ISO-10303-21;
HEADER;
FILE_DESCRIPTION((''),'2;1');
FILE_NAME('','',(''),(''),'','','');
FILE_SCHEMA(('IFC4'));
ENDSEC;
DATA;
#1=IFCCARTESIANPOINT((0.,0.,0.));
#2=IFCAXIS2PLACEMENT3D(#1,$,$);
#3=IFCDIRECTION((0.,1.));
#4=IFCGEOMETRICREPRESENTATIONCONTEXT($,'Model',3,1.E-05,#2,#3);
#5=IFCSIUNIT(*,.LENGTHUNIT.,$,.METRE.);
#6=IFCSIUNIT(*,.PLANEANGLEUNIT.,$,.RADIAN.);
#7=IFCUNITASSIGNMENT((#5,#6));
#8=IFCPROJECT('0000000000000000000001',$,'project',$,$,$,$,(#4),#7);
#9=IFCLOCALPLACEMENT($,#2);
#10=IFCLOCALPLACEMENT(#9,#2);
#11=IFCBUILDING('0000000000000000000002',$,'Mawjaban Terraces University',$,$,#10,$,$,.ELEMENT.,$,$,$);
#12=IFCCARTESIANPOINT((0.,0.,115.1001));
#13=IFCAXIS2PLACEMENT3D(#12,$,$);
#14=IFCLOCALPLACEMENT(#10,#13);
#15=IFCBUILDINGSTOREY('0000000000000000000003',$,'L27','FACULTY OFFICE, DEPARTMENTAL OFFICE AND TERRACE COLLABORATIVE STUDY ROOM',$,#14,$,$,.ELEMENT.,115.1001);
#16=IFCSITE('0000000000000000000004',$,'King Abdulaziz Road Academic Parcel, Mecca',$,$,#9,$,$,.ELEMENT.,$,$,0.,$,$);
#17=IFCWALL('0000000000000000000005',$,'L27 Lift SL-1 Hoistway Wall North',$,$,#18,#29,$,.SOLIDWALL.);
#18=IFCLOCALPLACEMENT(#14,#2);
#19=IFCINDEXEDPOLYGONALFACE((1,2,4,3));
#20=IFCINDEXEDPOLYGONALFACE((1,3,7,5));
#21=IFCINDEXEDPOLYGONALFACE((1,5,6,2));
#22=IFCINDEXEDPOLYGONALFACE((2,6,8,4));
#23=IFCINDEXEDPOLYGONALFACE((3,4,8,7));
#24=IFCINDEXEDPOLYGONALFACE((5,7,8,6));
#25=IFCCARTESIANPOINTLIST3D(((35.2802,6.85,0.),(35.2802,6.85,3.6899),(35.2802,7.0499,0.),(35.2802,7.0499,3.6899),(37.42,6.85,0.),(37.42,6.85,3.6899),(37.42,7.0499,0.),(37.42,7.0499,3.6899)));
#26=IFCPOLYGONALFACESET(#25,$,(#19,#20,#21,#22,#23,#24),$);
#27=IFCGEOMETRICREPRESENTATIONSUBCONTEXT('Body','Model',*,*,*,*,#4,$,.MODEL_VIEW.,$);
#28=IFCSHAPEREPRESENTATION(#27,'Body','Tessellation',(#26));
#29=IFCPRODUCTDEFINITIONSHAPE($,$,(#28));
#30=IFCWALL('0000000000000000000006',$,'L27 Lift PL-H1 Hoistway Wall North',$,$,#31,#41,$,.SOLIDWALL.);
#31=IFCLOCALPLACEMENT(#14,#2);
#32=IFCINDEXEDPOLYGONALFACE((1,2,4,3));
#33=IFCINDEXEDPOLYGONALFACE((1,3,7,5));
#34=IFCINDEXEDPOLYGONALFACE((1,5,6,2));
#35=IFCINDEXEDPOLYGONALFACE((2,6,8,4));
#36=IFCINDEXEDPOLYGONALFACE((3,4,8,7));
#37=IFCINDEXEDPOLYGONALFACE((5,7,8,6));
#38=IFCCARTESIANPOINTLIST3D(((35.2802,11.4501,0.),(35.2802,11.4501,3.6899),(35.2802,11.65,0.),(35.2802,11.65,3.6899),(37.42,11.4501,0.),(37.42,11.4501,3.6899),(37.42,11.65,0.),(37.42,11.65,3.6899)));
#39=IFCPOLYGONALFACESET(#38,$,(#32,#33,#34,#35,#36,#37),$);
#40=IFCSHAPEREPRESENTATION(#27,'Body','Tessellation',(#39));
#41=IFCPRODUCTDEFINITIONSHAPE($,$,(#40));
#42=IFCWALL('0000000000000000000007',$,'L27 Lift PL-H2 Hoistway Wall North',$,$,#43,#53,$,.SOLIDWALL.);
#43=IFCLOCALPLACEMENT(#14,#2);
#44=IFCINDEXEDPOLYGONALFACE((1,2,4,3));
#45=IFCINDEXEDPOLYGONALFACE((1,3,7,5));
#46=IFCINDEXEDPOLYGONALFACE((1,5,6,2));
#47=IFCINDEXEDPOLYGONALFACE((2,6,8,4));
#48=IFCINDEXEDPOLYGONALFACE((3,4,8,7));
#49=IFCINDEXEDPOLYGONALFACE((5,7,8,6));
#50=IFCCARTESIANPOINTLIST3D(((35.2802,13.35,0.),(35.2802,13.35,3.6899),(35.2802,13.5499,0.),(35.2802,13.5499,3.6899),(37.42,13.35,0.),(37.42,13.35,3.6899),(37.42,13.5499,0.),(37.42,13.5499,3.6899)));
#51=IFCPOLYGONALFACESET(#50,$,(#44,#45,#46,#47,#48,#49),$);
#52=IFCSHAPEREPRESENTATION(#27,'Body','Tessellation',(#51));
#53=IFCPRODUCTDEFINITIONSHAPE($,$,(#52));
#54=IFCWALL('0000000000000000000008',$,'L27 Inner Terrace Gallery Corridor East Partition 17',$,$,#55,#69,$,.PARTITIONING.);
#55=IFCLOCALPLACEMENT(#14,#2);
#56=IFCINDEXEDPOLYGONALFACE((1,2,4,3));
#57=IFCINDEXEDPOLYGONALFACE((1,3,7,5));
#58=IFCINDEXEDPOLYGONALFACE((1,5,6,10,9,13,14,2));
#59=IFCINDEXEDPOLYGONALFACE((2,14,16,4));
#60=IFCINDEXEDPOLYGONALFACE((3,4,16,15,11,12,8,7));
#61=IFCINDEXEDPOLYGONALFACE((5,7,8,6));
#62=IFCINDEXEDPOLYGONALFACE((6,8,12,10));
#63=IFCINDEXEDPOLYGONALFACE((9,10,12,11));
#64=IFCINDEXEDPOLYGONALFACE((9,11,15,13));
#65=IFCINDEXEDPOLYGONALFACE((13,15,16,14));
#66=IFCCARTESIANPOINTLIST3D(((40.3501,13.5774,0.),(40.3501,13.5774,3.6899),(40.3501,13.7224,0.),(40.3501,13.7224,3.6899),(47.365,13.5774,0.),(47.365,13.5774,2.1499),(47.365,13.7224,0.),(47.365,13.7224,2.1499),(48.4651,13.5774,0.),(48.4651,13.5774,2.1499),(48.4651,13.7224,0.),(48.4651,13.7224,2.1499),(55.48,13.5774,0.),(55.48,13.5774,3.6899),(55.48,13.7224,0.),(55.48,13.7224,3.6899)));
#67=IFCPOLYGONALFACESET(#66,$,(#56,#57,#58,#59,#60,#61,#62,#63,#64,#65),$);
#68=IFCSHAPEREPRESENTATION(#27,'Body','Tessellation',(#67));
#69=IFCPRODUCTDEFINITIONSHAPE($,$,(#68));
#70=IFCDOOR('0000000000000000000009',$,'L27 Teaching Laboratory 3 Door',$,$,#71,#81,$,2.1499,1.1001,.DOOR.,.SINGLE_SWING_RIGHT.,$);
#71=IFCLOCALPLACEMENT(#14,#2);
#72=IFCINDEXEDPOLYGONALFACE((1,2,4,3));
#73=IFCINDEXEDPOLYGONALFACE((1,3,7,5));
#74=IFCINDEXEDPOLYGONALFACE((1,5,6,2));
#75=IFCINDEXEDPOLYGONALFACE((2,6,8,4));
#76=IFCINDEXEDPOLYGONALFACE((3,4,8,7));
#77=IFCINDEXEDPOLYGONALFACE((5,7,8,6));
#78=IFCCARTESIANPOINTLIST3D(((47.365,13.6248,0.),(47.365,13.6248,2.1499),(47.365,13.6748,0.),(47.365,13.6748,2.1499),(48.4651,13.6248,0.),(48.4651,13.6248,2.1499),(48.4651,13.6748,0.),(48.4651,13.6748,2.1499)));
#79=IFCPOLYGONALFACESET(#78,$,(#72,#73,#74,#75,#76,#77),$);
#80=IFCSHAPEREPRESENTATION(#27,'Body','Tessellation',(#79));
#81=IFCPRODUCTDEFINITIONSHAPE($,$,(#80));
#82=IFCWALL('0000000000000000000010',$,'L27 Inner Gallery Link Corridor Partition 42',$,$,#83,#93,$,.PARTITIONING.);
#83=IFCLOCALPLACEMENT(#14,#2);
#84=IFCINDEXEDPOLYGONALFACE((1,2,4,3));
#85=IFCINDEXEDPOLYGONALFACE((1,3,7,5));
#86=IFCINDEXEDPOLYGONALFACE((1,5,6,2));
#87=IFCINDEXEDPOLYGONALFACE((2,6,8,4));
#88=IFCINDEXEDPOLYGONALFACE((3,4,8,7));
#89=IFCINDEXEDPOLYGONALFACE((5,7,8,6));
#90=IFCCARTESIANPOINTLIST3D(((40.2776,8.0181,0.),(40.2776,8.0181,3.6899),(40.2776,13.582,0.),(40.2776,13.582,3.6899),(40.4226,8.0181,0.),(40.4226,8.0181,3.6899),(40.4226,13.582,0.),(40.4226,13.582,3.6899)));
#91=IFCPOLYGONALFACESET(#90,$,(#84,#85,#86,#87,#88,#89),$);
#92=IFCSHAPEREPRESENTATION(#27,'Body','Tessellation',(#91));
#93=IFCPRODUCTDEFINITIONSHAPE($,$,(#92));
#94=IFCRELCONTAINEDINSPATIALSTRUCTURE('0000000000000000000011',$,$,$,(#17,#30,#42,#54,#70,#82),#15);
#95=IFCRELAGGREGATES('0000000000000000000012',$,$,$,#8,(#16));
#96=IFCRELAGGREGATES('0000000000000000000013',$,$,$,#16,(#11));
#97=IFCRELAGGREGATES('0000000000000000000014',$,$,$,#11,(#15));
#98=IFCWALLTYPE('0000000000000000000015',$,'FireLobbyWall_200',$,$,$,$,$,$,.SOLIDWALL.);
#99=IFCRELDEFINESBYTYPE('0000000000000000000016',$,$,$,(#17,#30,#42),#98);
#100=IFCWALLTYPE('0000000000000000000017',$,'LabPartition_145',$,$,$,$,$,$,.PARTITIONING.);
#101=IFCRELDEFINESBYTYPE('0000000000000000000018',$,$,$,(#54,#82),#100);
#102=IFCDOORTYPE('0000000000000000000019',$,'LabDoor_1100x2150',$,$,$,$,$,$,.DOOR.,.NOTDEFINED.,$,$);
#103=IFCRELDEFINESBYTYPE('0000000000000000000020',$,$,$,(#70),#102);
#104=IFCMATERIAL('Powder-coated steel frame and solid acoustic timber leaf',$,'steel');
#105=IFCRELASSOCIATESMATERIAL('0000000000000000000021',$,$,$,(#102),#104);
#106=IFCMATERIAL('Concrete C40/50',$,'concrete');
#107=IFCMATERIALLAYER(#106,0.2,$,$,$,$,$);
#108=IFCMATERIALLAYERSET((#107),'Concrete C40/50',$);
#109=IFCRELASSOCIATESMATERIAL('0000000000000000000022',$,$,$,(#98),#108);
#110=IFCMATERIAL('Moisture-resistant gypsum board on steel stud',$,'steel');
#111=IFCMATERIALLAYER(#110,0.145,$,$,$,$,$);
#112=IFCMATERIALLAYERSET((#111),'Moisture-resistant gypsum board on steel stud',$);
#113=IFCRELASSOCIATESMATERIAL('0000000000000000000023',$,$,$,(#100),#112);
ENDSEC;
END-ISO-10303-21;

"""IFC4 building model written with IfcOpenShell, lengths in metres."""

from ifc_helpers import new_model, si_unit, direction, frame, frame_2d, origin, place, context, subcontext, project, spatial, rectangle, extrude, material, layer, layer_set, type_object, element, fill, save


model = new_model("IFC4")

# Units and contexts
model_context = context("Model", 3, precision=1e-05, world=origin(), true_north=direction((0.0, 1.0)))
body_context = subcontext(model_context, "Body", "Model", "MODEL_VIEW")
ifc_project = project(units=[si_unit("LENGTHUNIT", "METRE"), si_unit("PLANEANGLEUNIT", "RADIAN")], contexts=[model_context])

# Site, building, storey
site_placement = place(None, origin())
site = spatial("IfcSite", under=ifc_project, at=site_placement, Name="King Abdulaziz Road Academic Parcel, Mecca", CompositionType="ELEMENT", RefElevation=0.0)
building_placement = place(site_placement, origin())
building = spatial("IfcBuilding", under=site, at=building_placement, Name="Mawjaban Terraces University", CompositionType="ELEMENT")
storey_placement = place(building_placement, frame((0.0, 0.0, 115.1001)))
storey = spatial("IfcBuildingStorey", under=building, at=storey_placement, Name="L27", Description="FACULTY OFFICE, DEPARTMENTAL OFFICE AND TERRACE COLLABORATIVE STUDY ROOM", CompositionType="ELEMENT", Elevation=115.1001)

# Shared definitions
ifc_material_1 = material(Name="Powder-coated steel frame and solid acoustic timber leaf", Category="steel")

# Shared definitions
door_type_1 = type_object("IfcDoorType", Name="LabDoor_1100x2150", OperationType="NOTDEFINED", PredefinedType="DOOR", material=ifc_material_1)

# Walls
ifc_material_2 = material(Name="Concrete C40/50", Category="concrete")
ifc_layer_1 = layer(ifc_material_2, 0.2)
ifc_layer_set_1 = layer_set([ifc_layer_1], Name="Concrete C40/50")
wall_type_1 = type_object("IfcWallType", Name="FireLobbyWall_200", PredefinedType="SOLIDWALL", material=ifc_layer_set_1)
for number, where, z_axis, x_axis, name in (
    (1, (37.4199, 6.95, 0.0), (0.0, 0.0, 1.0), (-1.0, 0.0, 0.0), "L27 Lift SL-1 Hoistway Wall North"),
    (2, (37.4199, 11.55, 0.0), (0.0, 0.0, 1.0), (-1.0, 0.0, 0.0), "L27 Lift PL-H1 Hoistway Wall North"),
    (3, (37.4199, 13.45, 0.0), (0.0, 0.0, 1.0), (-1.0, 0.0, 0.0), "L27 Lift PL-H2 Hoistway Wall North"),
):
    element("IfcWall", number, at=place(storey_placement, frame(where, z_axis=z_axis, x_axis=x_axis)), inside=storey, type_object=wall_type_1, Name=name, PredefinedType="SOLIDWALL", context=body_context, shape_type="SweptSolid", body=[
        extrude(rectangle(XDim=2.1399, YDim=0.2, at=frame_2d((1.0698, 0.0))), origin(), (0.0, 0.0, 1.0), 3.6899),
    ])

# Wall, opening, door
ifc_material_3 = material(Name="Moisture-resistant gypsum board on steel stud", Category="steel")
ifc_layer_2 = layer(ifc_material_3, 0.145)
ifc_layer_set_2 = layer_set([ifc_layer_2], Name="Moisture-resistant gypsum board on steel stud")
wall_type_2 = type_object("IfcWallType", Name="LabPartition_145", PredefinedType="PARTITIONING", material=ifc_layer_set_2)
wall_1_placement = place(storey_placement, frame((40.3501, 13.6499, 0.0), z_axis=(0.0, 0.0, 1.0), x_axis=(1.0, 0.0, 0.0)))
wall_1 = element("IfcWall", 4, at=wall_1_placement, inside=storey, type_object=wall_type_2, Name="L27 Inner Terrace Gallery Corridor East Partition 17", PredefinedType="PARTITIONING", context=body_context, shape_type="SweptSolid", body=[
    extrude(rectangle(XDim=15.1299, YDim=0.145, at=frame_2d((7.5649, 0.0))), origin(), (0.0, 0.0, 1.0), 3.6899),
])
opening_1_placement = place(wall_1_placement, frame((7.0149, 0.0, 0.0)))
opening_1 = element("IfcOpeningElement", 5, at=opening_1_placement, cuts=wall_1, PredefinedType="OPENING", context=body_context, shape_type="SweptSolid", body=[
    extrude(rectangle(XDim=1.1001, YDim=2.1499, at=frame_2d((0.55, 1.075))), frame((0.0, 0.0825, 0.0), z_axis=(0.0, -1.0, 0.0), x_axis=(1.0, 0.0, 0.0)), (0.0, 0.0, 1.0), 0.165),
])
door_1_placement = place(opening_1_placement, origin())
door_1 = element("IfcDoor", 6, at=door_1_placement, inside=storey, type_object=door_type_1, Name="L27 Teaching Laboratory 3 Door", OperationType="SINGLE_SWING_RIGHT", OverallHeight=2.1499, OverallWidth=1.1001, PredefinedType="DOOR", context=body_context, shape_type="SweptSolid", body=[
    extrude(rectangle(XDim=1.1001, YDim=2.1499, at=frame_2d((0.55, 1.075))), frame((0.0, 0.0249, 0.0), z_axis=(0.0, -1.0, 0.0), x_axis=(1.0, 0.0, 0.0)), (0.0, 0.0, 1.0), 0.05),
])
fill(opening_1, door_1)

# Wall
wall_2_placement = place(storey_placement, frame((40.3501, 8.0181, 0.0), z_axis=(0.0, 0.0, 1.0), x_axis=(0.0, 1.0, 0.0)))
element("IfcWall", 7, at=wall_2_placement, inside=storey, type_object=wall_type_2, Name="L27 Inner Gallery Link Corridor Partition 42", PredefinedType="PARTITIONING", context=body_context, shape_type="SweptSolid", body=[
    extrude(rectangle(XDim=5.564, YDim=0.145, at=frame_2d((2.782, 0.0))), origin(), (0.0, 0.0, 1.0), 3.6899),
])

save(model, "model.ifc")
